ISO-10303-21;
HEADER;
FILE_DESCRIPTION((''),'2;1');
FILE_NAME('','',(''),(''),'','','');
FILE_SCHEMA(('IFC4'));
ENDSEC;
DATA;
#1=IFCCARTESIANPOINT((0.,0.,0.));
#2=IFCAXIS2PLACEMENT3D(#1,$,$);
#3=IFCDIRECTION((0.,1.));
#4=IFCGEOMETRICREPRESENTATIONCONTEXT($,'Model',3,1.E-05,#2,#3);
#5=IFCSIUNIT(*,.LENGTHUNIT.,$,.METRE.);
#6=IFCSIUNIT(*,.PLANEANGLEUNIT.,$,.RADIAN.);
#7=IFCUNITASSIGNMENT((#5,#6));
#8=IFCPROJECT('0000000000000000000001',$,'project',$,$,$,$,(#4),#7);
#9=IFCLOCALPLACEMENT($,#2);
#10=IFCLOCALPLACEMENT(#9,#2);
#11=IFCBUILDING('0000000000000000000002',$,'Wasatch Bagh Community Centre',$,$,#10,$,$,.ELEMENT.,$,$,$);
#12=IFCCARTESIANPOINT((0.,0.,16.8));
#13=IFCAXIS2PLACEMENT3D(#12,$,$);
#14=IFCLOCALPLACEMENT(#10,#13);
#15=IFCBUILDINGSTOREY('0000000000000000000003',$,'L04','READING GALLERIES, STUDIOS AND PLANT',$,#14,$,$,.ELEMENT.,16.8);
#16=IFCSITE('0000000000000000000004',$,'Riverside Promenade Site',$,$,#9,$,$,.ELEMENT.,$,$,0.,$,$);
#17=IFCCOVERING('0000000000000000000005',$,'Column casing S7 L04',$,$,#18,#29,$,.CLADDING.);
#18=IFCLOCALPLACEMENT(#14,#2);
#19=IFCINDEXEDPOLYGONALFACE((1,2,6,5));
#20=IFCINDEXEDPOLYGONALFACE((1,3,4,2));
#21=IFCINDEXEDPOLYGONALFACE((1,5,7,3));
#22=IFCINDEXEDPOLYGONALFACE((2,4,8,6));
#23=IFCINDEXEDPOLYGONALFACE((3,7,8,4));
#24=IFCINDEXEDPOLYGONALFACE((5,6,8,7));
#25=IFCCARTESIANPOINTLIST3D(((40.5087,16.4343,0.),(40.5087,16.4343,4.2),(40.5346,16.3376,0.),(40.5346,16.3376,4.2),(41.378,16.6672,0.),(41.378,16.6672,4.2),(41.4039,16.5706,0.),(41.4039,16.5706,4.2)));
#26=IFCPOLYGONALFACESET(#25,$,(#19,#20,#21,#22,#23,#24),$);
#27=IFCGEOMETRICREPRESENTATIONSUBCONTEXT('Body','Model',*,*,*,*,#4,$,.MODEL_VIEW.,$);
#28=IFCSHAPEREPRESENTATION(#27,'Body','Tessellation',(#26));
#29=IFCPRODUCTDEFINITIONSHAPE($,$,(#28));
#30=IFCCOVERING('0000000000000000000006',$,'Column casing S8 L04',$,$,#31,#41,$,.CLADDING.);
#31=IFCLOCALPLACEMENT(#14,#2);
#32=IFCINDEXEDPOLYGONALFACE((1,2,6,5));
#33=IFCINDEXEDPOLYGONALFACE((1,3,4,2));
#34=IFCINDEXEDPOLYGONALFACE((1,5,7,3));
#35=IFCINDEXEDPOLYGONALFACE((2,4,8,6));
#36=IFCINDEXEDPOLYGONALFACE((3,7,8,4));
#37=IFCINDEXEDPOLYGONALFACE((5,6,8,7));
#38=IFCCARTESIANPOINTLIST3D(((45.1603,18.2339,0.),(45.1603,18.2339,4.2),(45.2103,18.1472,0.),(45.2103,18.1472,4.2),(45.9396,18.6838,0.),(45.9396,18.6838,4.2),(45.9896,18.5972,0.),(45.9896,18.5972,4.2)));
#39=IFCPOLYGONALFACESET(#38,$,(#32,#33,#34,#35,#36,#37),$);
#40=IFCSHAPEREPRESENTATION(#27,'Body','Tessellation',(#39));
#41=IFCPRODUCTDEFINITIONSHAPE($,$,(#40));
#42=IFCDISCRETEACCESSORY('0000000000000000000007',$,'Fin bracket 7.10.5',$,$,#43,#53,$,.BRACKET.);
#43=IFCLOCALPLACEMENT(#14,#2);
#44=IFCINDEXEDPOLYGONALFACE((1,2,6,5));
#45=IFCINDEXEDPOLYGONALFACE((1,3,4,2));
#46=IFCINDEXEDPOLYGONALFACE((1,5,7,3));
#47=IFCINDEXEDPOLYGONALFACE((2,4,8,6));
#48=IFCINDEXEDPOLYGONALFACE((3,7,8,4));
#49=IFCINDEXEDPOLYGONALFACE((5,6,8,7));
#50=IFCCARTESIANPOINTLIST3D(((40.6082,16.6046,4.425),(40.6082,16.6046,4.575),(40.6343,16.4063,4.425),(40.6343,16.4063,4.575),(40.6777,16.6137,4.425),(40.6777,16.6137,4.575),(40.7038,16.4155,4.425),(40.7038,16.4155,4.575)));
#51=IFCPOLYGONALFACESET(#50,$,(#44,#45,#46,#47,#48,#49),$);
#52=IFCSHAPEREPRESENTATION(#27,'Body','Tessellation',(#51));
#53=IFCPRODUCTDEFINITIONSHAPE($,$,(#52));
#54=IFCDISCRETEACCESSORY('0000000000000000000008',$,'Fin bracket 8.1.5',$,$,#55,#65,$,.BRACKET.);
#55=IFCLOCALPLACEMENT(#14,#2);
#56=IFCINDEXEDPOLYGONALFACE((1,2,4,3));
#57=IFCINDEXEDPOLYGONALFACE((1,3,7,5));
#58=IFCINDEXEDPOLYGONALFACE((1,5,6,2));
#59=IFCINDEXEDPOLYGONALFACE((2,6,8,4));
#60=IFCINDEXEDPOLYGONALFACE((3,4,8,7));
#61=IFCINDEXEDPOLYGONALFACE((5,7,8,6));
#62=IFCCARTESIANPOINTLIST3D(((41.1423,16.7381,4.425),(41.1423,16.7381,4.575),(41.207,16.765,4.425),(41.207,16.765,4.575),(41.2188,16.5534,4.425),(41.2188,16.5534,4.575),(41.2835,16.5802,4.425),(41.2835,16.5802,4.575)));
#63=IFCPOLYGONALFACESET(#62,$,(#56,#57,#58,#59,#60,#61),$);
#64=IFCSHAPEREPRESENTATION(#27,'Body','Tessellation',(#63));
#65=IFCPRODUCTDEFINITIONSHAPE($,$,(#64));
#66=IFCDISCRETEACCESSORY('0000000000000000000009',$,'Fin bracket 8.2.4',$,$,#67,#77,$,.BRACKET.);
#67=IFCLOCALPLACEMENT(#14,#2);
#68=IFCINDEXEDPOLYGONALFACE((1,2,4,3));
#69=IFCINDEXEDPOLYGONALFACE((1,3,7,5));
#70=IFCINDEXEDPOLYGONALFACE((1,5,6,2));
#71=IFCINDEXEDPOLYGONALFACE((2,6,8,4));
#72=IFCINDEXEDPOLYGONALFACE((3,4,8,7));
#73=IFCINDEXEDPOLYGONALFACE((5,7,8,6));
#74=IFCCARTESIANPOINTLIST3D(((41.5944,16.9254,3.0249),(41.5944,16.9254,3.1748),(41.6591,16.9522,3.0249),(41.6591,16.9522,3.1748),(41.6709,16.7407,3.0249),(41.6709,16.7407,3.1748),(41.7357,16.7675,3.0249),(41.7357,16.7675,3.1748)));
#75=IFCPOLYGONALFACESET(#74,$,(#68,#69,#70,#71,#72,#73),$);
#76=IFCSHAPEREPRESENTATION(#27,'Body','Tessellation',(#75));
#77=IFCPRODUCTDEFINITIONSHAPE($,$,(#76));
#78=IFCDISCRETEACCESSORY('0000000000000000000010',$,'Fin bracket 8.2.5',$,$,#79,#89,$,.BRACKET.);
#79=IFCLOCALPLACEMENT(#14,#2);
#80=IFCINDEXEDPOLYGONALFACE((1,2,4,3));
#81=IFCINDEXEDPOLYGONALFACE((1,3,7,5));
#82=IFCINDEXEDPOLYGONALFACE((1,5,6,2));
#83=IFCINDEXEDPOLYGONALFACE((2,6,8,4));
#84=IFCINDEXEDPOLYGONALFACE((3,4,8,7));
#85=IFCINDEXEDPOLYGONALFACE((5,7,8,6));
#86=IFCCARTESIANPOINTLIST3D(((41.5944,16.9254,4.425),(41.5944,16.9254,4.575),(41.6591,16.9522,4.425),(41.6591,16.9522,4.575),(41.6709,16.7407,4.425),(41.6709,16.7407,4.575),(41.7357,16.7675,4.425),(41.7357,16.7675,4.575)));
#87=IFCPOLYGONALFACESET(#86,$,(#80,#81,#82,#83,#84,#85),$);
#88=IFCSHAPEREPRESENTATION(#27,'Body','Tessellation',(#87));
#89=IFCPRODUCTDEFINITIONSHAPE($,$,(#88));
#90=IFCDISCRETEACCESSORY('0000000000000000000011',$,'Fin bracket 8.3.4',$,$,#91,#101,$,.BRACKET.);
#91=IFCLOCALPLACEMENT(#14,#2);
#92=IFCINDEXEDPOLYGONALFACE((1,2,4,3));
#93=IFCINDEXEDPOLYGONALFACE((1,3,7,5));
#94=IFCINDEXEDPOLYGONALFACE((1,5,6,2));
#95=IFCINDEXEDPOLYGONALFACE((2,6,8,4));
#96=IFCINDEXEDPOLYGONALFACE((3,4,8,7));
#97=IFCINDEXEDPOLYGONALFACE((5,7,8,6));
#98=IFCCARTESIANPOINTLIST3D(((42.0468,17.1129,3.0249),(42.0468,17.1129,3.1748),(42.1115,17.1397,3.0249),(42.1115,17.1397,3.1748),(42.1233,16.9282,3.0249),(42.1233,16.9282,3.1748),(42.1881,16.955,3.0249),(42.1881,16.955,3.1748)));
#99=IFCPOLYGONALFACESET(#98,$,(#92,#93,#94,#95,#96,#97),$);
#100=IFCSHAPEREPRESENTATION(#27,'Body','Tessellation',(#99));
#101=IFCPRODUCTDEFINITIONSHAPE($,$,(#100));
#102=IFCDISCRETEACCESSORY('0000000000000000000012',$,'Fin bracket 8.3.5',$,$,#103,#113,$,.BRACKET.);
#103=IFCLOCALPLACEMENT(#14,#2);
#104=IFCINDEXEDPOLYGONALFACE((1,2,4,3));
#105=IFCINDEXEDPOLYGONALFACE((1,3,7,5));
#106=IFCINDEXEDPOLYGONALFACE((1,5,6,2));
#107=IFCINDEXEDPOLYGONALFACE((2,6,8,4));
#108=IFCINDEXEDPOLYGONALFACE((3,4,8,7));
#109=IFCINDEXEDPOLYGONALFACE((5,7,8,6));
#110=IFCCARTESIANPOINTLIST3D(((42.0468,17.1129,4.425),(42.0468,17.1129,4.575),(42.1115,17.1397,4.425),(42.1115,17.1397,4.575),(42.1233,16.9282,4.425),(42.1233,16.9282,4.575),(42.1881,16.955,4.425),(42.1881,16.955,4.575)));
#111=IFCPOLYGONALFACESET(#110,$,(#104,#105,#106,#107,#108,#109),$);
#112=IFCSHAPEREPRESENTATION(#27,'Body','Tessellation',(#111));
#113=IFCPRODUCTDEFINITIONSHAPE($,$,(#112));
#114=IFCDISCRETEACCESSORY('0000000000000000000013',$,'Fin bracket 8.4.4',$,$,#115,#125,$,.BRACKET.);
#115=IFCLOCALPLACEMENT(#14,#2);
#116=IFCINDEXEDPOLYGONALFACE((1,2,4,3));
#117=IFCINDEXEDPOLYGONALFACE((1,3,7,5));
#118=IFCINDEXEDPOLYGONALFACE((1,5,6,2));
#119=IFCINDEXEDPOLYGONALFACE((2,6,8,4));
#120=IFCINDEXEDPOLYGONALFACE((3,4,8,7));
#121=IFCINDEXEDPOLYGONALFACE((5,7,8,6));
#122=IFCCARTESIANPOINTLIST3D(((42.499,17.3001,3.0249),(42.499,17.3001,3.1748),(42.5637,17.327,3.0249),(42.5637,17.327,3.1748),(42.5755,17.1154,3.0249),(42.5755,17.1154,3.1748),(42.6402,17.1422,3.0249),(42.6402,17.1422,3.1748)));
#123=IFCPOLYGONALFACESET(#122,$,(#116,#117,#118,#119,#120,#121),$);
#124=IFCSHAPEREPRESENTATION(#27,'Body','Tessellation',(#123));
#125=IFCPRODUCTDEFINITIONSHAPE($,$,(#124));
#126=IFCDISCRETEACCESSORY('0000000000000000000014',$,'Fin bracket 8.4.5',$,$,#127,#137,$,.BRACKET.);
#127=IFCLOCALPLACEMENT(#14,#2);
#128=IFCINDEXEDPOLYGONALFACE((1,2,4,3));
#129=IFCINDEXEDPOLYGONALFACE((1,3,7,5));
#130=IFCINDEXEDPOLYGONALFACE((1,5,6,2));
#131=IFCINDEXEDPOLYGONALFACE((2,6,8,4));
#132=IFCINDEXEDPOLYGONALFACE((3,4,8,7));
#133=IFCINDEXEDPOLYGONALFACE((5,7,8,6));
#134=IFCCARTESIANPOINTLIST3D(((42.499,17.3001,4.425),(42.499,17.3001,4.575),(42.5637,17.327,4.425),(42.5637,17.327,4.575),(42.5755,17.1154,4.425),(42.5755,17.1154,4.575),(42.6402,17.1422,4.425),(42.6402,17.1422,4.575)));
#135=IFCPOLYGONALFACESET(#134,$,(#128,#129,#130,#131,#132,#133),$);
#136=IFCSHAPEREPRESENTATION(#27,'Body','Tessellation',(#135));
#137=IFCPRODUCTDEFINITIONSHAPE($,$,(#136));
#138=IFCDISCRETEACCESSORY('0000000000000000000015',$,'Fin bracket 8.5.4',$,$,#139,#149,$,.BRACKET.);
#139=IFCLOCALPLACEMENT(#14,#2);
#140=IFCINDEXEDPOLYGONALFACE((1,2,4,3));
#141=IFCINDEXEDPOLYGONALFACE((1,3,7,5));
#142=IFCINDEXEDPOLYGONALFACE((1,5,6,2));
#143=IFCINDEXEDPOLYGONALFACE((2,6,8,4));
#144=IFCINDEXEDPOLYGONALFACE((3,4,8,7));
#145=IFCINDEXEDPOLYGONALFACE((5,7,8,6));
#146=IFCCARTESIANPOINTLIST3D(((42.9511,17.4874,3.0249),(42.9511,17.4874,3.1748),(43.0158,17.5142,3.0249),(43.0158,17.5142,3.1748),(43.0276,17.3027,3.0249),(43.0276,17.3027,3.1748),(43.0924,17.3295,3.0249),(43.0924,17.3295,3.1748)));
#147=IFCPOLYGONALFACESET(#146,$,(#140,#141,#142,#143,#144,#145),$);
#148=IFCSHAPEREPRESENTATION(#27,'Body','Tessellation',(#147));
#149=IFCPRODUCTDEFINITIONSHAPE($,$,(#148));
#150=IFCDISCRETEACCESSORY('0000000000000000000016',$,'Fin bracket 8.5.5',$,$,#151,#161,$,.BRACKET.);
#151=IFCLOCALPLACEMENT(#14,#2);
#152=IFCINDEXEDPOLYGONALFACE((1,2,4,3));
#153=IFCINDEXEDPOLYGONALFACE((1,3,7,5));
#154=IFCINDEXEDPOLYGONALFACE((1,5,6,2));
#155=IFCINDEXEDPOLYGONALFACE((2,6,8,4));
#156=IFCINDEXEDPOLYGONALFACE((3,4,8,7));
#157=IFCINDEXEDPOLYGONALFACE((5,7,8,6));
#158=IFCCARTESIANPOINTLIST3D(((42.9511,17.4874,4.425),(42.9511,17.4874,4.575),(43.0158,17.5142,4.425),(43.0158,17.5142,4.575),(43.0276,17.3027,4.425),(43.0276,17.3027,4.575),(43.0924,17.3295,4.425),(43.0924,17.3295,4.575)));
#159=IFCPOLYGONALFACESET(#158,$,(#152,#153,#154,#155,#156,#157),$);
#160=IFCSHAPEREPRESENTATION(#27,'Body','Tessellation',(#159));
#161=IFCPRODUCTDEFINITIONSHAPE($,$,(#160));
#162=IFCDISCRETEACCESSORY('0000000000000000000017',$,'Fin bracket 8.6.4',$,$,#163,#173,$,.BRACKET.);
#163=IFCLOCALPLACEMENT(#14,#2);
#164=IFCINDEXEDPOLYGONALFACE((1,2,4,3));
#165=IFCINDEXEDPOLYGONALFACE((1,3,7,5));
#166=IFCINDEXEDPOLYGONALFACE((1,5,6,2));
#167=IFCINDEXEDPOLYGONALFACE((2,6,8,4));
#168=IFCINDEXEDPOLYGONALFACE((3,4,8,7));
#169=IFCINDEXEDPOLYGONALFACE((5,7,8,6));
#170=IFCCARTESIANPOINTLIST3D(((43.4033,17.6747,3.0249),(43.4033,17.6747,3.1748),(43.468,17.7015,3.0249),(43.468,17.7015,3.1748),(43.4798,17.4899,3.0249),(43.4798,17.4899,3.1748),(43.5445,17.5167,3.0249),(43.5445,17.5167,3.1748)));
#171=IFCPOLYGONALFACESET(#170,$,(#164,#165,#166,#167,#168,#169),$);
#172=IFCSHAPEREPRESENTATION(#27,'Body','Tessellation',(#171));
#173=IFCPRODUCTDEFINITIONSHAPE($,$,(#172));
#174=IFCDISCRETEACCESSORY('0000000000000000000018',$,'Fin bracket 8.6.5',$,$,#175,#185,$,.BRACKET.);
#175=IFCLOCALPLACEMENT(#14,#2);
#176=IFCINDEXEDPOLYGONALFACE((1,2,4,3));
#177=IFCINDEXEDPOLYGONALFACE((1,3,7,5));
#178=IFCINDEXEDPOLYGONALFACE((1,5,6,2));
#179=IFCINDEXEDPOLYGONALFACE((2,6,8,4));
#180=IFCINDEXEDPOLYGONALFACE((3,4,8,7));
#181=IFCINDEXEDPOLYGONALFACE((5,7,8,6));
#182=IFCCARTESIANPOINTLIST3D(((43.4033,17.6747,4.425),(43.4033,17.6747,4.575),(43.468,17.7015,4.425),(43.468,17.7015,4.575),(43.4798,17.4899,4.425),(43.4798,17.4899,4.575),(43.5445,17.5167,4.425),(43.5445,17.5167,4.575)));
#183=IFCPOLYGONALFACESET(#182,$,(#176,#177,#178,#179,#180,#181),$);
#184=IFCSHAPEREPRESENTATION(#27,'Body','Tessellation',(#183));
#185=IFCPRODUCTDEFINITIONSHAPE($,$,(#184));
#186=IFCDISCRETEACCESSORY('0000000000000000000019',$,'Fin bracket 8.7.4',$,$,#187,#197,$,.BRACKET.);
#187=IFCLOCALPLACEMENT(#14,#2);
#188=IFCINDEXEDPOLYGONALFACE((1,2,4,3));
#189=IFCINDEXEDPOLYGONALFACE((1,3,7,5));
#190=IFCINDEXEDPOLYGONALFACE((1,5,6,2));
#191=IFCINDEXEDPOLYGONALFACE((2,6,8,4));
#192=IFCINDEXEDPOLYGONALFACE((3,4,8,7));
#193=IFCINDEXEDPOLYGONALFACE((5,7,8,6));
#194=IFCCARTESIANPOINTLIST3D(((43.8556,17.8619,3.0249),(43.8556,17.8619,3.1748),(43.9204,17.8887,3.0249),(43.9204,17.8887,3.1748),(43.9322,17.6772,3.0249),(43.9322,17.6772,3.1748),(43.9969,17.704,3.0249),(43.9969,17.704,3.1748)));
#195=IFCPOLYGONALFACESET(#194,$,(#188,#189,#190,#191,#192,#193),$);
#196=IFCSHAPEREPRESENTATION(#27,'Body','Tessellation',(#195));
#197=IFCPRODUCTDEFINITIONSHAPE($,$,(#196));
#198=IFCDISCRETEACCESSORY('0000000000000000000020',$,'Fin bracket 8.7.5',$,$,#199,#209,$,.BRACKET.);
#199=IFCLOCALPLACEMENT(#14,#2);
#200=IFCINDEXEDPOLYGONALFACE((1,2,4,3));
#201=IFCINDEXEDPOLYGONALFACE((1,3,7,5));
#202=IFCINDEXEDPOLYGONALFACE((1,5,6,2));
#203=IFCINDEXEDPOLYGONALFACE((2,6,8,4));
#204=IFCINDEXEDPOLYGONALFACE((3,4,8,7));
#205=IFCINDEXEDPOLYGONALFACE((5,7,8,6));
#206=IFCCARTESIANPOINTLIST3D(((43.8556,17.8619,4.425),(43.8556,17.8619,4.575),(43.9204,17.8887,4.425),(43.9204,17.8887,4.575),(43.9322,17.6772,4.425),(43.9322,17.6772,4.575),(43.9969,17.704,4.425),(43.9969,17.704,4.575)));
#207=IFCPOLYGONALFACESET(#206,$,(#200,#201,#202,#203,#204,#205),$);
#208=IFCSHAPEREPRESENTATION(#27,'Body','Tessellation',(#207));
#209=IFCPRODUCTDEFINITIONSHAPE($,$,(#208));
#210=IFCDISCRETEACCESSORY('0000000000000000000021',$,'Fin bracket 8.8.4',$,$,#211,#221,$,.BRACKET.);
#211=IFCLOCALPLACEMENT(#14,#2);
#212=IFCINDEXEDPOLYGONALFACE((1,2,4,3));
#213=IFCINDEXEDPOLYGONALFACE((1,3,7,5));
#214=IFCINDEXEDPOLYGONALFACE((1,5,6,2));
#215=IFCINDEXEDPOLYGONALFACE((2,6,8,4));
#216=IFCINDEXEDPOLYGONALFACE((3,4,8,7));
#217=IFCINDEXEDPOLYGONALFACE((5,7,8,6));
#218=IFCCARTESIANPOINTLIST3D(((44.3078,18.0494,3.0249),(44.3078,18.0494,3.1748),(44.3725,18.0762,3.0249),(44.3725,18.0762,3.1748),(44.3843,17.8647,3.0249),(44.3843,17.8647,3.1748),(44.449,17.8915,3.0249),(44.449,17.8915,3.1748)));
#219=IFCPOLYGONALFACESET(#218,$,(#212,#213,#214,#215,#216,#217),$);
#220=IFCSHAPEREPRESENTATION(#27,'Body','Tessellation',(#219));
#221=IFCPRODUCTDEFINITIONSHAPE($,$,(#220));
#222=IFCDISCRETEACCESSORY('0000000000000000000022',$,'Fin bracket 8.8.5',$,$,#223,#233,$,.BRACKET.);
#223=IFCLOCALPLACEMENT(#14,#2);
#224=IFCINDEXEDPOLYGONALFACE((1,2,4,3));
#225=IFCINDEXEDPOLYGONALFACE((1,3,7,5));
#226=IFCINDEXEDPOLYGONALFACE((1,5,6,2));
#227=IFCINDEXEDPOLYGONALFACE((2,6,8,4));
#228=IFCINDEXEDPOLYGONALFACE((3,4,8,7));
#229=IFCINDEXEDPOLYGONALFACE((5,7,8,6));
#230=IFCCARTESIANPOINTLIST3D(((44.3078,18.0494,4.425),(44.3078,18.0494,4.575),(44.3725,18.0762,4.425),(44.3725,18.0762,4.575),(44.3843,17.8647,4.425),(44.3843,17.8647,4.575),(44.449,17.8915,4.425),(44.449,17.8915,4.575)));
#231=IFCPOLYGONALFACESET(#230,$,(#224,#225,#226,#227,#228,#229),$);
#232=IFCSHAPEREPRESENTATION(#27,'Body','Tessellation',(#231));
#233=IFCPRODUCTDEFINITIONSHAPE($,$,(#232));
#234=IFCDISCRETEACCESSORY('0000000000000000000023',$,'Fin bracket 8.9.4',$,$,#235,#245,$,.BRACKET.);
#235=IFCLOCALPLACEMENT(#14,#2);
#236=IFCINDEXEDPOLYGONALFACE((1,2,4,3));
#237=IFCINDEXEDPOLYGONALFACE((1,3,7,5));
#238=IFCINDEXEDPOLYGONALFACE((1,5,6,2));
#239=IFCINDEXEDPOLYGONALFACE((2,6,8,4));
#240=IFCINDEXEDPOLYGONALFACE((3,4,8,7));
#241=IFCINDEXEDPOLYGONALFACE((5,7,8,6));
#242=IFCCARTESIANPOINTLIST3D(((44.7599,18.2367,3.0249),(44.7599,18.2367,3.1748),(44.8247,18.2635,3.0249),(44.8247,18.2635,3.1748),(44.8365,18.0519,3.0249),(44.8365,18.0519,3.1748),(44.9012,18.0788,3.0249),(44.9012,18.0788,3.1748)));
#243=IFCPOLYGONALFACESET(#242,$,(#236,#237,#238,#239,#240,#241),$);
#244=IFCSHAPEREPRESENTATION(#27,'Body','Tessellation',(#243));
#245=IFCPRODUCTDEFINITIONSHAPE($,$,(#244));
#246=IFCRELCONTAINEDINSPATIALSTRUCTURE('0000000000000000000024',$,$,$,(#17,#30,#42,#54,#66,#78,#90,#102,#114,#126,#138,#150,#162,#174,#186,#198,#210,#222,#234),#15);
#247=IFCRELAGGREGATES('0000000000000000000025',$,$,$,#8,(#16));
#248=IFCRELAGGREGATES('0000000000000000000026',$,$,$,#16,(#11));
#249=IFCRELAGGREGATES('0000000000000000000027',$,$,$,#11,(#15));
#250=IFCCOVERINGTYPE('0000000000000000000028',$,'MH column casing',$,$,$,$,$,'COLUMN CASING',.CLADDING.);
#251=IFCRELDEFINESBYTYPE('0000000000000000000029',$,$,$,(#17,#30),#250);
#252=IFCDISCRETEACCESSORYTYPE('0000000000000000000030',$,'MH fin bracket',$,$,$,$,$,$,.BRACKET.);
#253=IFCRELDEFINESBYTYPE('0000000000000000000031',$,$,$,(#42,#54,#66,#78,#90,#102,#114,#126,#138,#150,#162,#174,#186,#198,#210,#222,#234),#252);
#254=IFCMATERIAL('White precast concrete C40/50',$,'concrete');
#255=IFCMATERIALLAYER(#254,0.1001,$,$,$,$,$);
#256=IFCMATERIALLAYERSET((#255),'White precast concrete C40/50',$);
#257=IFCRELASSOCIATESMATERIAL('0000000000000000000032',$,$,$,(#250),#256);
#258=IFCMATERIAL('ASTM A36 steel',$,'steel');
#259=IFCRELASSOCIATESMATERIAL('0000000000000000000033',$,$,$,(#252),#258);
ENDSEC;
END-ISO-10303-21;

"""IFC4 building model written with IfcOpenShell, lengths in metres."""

from ifc_helpers import new_model, si_unit, direction, frame, origin, origin_2d, place, context, subcontext, project, spatial, rectangle, extrude, material, layer, layer_set, type_object, element, save


model = new_model("IFC4")

# Units and contexts
model_context = context("Model", 3, precision=1e-05, world=origin(), true_north=direction((0.0, 1.0)))
body_context = subcontext(model_context, "Body", "Model", "MODEL_VIEW")
ifc_project = project(units=[si_unit("LENGTHUNIT", "METRE"), si_unit("PLANEANGLEUNIT", "RADIAN")], contexts=[model_context])

# Site, building, storey
site_placement = place(None, origin())
site = spatial("IfcSite", under=ifc_project, at=site_placement, Name="Riverside Promenade Site", CompositionType="ELEMENT", RefElevation=0.0)
building_placement = place(site_placement, origin())
building = spatial("IfcBuilding", under=site, at=building_placement, Name="Wasatch Bagh Community Centre", CompositionType="ELEMENT")
storey_placement = place(building_placement, frame((0.0, 0.0, 16.8)))
storey = spatial("IfcBuildingStorey", under=building, at=storey_placement, Name="L04", Description="READING GALLERIES, STUDIOS AND PLANT", CompositionType="ELEMENT", Elevation=16.8)

# Coverings
ifc_material_1 = material(Name="White precast concrete C40/50", Category="concrete")
ifc_layer_1 = layer(ifc_material_1, 0.1001)
ifc_layer_set_1 = layer_set([ifc_layer_1], Name="White precast concrete C40/50")
covering_type = type_object("IfcCoveringType", Name="MH column casing", ElementType="COLUMN CASING", PredefinedType="CLADDING", material=ifc_layer_set_1)
for number, where, z_axis, x_axis, name in (
    (1, (40.9563, 16.5024, 0.0), (0.0, 0.0, 1.0), (0.965926, 0.258819, 0.0), "Column casing S7 L04"),
    (2, (45.575, 18.4155, 0.0), (0.0, 0.0, 1.0), (0.866025, 0.5, 0.0), "Column casing S8 L04"),
):
    element("IfcCovering", number, at=place(storey_placement, frame(where, z_axis=z_axis, x_axis=x_axis)), inside=storey, type_object=covering_type, Name=name, PredefinedType="CLADDING", context=body_context, shape_type="SweptSolid", body=[
        extrude(rectangle(XDim=0.8999, YDim=0.1001, at=origin_2d()), origin(), (0.0, 0.0, 1.0), 4.2),
    ])

# Discrete accessories
ifc_material_2 = material(Name="ASTM A36 steel", Category="steel")
discrete_accessory_type = type_object("IfcDiscreteAccessoryType", Name="MH fin bracket", PredefinedType="BRACKET", material=ifc_material_2)
for number, where, z_axis, x_axis, name in (
    (3, (40.656, 16.51, 4.425), (0.0, 0.0, 1.0), (0.991445, 0.130526, 0.0), "Fin bracket 7.10.5"),
    (4, (41.2129, 16.6592, 4.425), (0.0, 0.0, 1.0), (0.92388, 0.382683, 0.0), "Fin bracket 8.1.5"),
    (5, (41.665, 16.8464, 3.0249), (0.0, 0.0, 1.0), (0.92388, 0.382683, 0.0), "Fin bracket 8.2.4"),
    (6, (41.665, 16.8464, 4.425), (0.0, 0.0, 1.0), (0.92388, 0.382683, 0.0), "Fin bracket 8.2.5"),
    (7, (42.1174, 17.0339, 3.0249), (0.0, 0.0, 1.0), (0.92388, 0.382683, 0.0), "Fin bracket 8.3.4"),
    (8, (42.1174, 17.0339, 4.425), (0.0, 0.0, 1.0), (0.92388, 0.382683, 0.0), "Fin bracket 8.3.5"),
    (9, (42.5696, 17.2212, 3.0249), (0.0, 0.0, 1.0), (0.92388, 0.382683, 0.0), "Fin bracket 8.4.4"),
    (10, (42.5696, 17.2212, 4.425), (0.0, 0.0, 1.0), (0.92388, 0.382683, 0.0), "Fin bracket 8.4.5"),
    (11, (43.0217, 17.4084, 3.0249), (0.0, 0.0, 1.0), (0.92388, 0.382683, 0.0), "Fin bracket 8.5.4"),
    (12, (43.0217, 17.4084, 4.425), (0.0, 0.0, 1.0), (0.92388, 0.382683, 0.0), "Fin bracket 8.5.5"),
    (13, (43.4739, 17.5957, 3.0249), (0.0, 0.0, 1.0), (0.92388, 0.382683, 0.0), "Fin bracket 8.6.4"),
    (14, (43.4739, 17.5957, 4.425), (0.0, 0.0, 1.0), (0.92388, 0.382683, 0.0), "Fin bracket 8.6.5"),
    (15, (43.9263, 17.783, 3.0249), (0.0, 0.0, 1.0), (0.92388, 0.382683, 0.0), "Fin bracket 8.7.4"),
    (16, (43.9263, 17.783, 4.425), (0.0, 0.0, 1.0), (0.92388, 0.382683, 0.0), "Fin bracket 8.7.5"),
    (17, (44.3784, 17.9705, 3.0249), (0.0, 0.0, 1.0), (0.92388, 0.382683, 0.0), "Fin bracket 8.8.4"),
    (18, (44.3784, 17.9705, 4.425), (0.0, 0.0, 1.0), (0.92388, 0.382683, 0.0), "Fin bracket 8.8.5"),
    (19, (44.8306, 18.1577, 3.0249), (0.0, 0.0, 1.0), (0.92388, 0.382683, 0.0), "Fin bracket 8.9.4"),
):
    element("IfcDiscreteAccessory", number, at=place(storey_placement, frame(where, z_axis=z_axis, x_axis=x_axis)), inside=storey, type_object=discrete_accessory_type, Name=name, PredefinedType="BRACKET", context=body_context, shape_type="SweptSolid", body=[
        extrude(rectangle(XDim=0.0701, YDim=0.2, at=origin_2d()), origin(), (0.0, 0.0, 1.0), 0.1499),
    ])

save(model, "model.ifc")
